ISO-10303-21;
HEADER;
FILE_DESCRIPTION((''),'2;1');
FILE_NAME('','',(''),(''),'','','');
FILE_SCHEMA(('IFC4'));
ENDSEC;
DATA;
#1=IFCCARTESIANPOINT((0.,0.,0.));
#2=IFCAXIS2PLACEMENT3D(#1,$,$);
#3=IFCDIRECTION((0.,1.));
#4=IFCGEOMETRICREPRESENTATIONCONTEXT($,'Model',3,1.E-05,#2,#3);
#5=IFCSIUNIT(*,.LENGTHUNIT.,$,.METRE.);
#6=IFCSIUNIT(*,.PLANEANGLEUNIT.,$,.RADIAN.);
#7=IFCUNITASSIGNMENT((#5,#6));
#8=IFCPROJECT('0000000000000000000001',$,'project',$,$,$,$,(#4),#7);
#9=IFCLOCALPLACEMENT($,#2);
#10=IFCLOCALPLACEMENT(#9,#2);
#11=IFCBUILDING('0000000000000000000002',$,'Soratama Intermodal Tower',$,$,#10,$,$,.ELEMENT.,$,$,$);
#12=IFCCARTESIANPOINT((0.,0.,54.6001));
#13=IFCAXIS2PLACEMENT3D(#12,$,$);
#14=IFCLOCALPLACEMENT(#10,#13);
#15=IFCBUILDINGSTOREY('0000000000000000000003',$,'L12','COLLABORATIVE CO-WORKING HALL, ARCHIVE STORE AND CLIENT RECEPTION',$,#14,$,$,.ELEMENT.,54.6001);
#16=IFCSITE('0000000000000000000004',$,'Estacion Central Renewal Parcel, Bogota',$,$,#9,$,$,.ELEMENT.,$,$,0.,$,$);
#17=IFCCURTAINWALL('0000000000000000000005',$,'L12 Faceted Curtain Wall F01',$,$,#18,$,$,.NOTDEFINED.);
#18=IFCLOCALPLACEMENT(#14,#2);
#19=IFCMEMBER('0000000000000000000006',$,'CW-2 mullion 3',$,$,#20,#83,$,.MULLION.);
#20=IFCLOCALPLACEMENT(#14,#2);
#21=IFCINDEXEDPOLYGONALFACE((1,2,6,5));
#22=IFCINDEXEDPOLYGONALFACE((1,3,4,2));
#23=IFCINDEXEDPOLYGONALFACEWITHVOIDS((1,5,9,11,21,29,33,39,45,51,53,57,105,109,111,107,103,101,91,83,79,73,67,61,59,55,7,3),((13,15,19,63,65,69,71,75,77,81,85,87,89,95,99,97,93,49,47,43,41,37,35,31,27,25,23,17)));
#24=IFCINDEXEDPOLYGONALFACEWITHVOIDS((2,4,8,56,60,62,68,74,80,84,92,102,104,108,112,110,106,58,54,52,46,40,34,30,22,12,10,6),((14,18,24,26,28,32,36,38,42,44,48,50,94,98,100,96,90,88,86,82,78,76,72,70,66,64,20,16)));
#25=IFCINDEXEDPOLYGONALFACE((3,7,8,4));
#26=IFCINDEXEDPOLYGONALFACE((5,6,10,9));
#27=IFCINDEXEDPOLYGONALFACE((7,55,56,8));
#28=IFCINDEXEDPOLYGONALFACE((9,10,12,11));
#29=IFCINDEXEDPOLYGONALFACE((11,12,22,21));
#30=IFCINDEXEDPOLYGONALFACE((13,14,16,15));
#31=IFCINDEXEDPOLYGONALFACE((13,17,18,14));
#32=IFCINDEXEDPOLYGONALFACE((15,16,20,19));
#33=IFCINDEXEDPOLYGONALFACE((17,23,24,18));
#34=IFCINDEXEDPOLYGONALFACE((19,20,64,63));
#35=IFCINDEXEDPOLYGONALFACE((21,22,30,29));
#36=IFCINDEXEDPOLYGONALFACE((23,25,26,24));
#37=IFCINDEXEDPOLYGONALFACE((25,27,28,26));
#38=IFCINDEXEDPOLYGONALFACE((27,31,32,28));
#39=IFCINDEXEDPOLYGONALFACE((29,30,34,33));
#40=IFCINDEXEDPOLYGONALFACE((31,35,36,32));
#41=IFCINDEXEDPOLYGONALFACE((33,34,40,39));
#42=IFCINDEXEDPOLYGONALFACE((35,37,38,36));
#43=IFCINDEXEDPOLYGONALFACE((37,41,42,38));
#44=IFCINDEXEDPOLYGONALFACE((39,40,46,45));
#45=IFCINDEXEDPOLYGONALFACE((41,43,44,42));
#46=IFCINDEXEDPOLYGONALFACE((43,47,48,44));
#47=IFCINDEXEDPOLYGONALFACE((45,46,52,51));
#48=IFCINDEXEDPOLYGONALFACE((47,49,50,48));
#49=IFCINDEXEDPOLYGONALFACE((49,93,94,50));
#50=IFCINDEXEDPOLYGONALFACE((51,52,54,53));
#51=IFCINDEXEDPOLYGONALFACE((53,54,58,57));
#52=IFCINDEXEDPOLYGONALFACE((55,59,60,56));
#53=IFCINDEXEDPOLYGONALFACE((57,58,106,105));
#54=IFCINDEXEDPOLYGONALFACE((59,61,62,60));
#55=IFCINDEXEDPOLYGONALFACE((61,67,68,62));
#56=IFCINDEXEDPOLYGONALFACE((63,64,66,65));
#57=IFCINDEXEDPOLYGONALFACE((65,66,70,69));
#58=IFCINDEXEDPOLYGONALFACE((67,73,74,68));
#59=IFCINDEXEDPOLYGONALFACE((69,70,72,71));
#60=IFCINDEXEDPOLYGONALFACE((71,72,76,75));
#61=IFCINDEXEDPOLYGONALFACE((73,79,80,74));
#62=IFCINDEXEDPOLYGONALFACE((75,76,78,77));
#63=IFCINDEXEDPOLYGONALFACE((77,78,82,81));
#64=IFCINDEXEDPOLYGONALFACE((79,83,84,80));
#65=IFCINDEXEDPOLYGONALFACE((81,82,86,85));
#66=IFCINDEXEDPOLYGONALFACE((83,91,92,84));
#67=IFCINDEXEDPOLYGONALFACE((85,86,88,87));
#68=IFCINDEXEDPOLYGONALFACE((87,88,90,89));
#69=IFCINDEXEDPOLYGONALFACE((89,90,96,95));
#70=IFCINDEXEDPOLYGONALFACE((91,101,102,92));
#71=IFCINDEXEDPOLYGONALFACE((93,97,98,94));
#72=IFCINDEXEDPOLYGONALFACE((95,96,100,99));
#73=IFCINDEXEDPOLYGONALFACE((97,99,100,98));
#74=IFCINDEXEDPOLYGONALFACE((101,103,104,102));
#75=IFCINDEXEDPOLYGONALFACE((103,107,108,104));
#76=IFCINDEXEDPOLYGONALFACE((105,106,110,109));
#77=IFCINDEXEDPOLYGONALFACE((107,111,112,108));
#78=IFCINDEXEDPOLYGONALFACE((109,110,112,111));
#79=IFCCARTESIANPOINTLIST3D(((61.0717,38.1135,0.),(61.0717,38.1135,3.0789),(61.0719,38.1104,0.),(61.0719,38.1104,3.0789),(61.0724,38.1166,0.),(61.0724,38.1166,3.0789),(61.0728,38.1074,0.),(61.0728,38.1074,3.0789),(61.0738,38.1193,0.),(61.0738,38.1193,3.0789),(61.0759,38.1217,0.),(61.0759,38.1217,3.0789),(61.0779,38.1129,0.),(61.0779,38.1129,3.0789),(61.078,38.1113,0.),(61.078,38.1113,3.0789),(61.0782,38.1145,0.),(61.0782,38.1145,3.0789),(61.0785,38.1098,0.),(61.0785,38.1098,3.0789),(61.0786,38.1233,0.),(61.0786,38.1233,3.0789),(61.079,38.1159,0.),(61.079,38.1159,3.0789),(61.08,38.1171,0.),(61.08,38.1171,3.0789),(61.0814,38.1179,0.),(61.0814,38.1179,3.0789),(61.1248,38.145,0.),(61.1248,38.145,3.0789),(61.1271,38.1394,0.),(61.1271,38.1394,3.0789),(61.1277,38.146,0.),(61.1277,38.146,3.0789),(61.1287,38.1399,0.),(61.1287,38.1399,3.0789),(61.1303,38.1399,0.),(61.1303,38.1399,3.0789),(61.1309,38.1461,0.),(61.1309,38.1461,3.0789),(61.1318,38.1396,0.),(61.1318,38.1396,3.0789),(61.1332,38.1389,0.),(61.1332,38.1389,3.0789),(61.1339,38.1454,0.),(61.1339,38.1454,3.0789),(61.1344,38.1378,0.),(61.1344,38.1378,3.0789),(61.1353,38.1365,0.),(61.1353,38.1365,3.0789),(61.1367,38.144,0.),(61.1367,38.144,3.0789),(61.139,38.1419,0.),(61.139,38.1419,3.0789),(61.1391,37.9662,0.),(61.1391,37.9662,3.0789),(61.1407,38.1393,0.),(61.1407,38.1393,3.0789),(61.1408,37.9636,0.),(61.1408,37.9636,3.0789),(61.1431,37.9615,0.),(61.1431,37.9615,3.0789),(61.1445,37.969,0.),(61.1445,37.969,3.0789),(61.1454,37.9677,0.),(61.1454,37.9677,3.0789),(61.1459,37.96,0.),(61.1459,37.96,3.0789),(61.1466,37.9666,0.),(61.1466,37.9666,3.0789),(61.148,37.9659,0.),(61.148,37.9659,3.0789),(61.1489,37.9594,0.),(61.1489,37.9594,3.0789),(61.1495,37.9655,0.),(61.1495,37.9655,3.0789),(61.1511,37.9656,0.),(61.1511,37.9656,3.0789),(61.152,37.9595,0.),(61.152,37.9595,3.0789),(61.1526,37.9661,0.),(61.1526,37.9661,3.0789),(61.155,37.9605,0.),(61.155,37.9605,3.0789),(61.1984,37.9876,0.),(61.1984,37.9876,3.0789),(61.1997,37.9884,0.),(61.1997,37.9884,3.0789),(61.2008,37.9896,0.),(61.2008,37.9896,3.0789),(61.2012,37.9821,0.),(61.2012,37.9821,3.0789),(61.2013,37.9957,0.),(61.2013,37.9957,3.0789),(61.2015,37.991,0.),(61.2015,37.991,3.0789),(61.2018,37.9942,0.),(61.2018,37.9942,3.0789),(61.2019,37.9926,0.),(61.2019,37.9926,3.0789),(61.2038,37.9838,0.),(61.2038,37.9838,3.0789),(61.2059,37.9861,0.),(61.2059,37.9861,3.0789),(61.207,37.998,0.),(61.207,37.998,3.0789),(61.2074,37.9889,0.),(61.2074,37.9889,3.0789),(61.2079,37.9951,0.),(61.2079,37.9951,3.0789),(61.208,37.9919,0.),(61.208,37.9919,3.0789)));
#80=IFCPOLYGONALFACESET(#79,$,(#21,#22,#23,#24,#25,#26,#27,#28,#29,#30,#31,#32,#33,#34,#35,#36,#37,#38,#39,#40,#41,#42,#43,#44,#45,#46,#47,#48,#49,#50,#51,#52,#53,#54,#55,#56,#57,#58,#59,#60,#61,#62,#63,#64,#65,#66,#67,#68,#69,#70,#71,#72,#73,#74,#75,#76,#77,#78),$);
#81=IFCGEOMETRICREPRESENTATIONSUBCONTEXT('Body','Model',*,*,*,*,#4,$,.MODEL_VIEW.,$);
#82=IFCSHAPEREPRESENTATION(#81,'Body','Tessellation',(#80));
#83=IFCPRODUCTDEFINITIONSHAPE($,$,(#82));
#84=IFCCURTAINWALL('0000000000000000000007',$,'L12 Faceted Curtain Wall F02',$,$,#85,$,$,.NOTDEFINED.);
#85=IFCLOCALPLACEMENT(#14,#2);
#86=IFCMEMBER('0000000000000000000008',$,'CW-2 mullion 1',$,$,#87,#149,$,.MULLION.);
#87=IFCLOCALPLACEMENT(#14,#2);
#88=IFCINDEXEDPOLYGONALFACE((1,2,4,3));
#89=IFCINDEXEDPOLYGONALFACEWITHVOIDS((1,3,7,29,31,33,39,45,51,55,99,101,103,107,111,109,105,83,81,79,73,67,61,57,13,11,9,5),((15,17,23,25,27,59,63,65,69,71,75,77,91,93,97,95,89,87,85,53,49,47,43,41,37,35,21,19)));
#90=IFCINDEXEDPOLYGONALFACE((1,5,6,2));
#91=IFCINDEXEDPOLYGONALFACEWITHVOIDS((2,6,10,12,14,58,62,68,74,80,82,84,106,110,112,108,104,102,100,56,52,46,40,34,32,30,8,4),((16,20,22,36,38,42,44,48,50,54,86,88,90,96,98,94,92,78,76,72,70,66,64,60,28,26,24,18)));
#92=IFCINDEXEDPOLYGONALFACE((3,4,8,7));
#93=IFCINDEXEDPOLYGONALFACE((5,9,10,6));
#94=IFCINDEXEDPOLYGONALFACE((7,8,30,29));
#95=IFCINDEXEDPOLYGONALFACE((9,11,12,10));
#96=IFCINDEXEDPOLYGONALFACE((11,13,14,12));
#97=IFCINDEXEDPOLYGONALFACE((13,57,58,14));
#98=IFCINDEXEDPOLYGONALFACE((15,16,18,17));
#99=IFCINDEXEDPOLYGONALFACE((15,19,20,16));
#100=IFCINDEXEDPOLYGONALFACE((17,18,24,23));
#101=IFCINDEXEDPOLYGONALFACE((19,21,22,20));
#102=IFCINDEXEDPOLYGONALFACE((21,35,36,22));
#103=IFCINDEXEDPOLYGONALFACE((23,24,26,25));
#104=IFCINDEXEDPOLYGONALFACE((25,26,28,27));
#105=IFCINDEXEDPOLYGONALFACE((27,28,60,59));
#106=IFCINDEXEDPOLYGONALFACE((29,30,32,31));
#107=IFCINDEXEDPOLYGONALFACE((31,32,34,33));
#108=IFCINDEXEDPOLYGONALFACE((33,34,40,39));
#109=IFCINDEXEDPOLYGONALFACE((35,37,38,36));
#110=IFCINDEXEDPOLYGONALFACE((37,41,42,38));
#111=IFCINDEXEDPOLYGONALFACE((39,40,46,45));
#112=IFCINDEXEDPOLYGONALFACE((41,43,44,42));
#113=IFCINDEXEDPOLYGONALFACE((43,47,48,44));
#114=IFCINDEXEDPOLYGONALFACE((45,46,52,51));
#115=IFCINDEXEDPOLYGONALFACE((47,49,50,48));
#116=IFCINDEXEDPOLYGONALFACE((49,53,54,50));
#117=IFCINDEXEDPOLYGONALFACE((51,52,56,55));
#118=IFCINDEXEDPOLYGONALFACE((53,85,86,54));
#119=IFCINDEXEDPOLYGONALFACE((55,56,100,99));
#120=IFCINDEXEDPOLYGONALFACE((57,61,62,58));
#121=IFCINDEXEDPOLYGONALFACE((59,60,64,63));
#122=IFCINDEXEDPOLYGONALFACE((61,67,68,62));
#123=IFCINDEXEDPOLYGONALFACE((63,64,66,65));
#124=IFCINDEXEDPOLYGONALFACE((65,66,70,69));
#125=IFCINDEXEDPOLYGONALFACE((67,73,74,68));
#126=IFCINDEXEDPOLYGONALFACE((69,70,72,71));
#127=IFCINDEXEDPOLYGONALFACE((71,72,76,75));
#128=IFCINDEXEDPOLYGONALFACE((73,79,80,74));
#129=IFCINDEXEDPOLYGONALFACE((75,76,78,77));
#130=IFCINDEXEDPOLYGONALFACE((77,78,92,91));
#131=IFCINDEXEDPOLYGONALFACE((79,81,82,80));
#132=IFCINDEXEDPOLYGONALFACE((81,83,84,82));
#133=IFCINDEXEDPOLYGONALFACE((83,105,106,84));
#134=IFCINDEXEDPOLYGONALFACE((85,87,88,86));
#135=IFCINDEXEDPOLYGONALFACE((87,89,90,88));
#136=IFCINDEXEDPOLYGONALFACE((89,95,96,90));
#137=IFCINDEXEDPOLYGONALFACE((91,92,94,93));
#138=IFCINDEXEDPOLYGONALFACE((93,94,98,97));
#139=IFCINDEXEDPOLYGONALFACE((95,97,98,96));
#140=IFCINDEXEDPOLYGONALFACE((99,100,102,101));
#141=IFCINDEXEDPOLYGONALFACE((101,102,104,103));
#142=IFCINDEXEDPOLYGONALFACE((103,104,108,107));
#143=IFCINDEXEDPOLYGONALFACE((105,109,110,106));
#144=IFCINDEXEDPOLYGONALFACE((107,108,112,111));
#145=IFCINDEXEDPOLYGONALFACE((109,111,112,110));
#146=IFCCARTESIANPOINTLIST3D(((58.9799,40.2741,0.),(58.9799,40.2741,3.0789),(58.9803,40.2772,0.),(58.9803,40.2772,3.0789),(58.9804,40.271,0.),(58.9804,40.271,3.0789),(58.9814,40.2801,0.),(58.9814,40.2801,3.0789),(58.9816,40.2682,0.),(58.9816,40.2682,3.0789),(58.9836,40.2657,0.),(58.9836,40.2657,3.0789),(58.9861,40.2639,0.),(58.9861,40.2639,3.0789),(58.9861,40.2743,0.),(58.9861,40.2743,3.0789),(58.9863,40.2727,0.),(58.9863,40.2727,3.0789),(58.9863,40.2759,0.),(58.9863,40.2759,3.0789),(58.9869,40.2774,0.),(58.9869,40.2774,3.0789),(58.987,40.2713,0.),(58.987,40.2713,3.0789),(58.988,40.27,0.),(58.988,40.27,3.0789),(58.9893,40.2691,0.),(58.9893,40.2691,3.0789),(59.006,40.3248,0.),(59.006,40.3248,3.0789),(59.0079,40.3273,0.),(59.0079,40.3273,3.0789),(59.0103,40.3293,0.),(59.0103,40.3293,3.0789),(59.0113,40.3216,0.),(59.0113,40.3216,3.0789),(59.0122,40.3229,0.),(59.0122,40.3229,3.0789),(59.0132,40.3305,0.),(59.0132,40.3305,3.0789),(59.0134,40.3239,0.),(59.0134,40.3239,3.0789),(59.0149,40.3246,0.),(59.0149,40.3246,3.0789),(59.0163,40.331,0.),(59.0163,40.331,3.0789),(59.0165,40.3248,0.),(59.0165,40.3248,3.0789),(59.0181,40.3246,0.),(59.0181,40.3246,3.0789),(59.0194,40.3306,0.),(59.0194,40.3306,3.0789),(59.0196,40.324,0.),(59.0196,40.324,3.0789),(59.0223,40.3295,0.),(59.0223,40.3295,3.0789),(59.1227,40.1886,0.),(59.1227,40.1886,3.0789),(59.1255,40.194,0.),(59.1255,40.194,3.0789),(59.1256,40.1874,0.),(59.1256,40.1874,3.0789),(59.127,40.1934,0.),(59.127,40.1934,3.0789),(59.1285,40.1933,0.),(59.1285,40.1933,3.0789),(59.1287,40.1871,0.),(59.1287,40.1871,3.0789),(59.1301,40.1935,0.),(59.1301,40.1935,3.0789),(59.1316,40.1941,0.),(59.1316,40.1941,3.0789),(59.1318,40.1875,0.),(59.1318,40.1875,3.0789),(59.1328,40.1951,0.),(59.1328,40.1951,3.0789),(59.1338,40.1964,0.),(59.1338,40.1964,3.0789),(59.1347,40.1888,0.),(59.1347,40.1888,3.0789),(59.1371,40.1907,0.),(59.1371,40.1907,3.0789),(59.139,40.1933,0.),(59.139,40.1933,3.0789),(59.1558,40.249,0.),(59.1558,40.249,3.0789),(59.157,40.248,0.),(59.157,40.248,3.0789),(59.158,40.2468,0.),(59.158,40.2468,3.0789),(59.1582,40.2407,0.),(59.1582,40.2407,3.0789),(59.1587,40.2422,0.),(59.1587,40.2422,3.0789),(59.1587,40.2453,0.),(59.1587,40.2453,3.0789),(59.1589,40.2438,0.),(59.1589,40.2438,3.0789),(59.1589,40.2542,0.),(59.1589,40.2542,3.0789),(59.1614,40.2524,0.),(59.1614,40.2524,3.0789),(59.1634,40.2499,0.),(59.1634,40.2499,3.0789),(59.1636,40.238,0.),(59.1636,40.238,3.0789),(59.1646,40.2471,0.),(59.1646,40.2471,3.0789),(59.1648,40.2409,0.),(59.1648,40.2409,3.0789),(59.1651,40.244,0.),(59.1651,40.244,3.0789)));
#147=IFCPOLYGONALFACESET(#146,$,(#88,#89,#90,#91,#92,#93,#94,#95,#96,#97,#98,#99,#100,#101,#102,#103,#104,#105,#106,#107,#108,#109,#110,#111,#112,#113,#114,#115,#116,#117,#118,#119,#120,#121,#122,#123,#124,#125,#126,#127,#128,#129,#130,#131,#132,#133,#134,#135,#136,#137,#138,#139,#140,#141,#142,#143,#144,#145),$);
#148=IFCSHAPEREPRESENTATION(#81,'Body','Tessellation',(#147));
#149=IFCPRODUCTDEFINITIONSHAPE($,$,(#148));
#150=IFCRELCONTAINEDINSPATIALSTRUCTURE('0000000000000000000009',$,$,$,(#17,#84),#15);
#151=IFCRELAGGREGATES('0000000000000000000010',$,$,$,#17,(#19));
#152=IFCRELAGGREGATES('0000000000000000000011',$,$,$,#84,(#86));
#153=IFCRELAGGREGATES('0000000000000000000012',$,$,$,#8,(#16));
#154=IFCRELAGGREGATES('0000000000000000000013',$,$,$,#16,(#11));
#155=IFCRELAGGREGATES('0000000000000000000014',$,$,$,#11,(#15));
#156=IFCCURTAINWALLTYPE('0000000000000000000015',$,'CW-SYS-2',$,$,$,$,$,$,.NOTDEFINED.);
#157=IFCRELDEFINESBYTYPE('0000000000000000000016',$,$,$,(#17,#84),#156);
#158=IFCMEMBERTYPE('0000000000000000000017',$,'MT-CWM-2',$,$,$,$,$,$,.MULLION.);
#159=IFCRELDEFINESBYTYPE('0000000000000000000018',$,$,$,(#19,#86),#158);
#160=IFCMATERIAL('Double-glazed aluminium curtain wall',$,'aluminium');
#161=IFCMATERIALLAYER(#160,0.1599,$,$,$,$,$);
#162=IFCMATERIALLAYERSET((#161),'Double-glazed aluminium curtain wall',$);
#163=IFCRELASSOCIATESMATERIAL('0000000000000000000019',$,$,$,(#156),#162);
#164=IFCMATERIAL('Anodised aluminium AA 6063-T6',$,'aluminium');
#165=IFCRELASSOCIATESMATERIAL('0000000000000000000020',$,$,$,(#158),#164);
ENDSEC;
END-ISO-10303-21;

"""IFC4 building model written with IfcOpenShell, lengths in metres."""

from ifc_helpers import new_model, si_unit, direction, frame, origin, origin_2d, place, context, subcontext, project, spatial, hollow_rectangle, extrude, material, layer, layer_set, material_profile, profile_set, type_object, element, aggregate, save


model = new_model("IFC4")

# Units and contexts
model_context = context("Model", 3, precision=1e-05, world=origin(), true_north=direction((0.0, 1.0)))
body_context = subcontext(model_context, "Body", "Model", "MODEL_VIEW")
ifc_project = project(units=[si_unit("LENGTHUNIT", "METRE"), si_unit("PLANEANGLEUNIT", "RADIAN")], contexts=[model_context])

# Site, building, storey
site_placement = place(None, origin())
site = spatial("IfcSite", under=ifc_project, at=site_placement, Name="Estacion Central Renewal Parcel, Bogota", CompositionType="ELEMENT", RefElevation=0.0)
building_placement = place(site_placement, origin())
building = spatial("IfcBuilding", under=site, at=building_placement, Name="Soratama Intermodal Tower", CompositionType="ELEMENT")
storey_placement = place(building_placement, frame((0.0, 0.0, 54.6001)))
storey = spatial("IfcBuildingStorey", under=building, at=storey_placement, Name="L12", Description="COLLABORATIVE CO-WORKING HALL, ARCHIVE STORE AND CLIENT RECEPTION", CompositionType="ELEMENT", Elevation=54.6001)

# Curtain wall, member
ifc_material_1 = material(Name="Double-glazed aluminium curtain wall", Category="aluminium")
ifc_layer_1 = layer(ifc_material_1, 0.1599)
ifc_layer_set_1 = layer_set([ifc_layer_1], Name="Double-glazed aluminium curtain wall")
curtain_wall_type = type_object("IfcCurtainWallType", Name="CW-SYS-2", PredefinedType="NOTDEFINED", material=ifc_layer_set_1)
curtain_wall_1_placement = place(storey_placement, origin())
curtain_wall_1 = element("IfcCurtainWall", 1, at=curtain_wall_1_placement, inside=storey, type_object=curtain_wall_type, Name="L12 Faceted Curtain Wall F01", PredefinedType="NOTDEFINED")
ifc_material_2 = material(Name="Anodised aluminium AA 6063-T6", Category="aluminium")
ifc_material_profile_1 = material_profile(ifc_material_2, hollow_rectangle(XDim=0.075, YDim=0.1799, WallThickness=0.0061, InnerFilletRadius=0.0061, OuterFilletRadius=0.012, at=origin_2d()), Name="CWM180X75X6")
ifc_profile_set_1 = profile_set([ifc_material_profile_1], Name="Anodised aluminium AA 6063-T6")
member_type_1 = type_object("IfcMemberType", Name="MT-CWM-2", PredefinedType="MULLION", material=ifc_profile_set_1)
member_1_placement = place(storey_placement, frame((61.1399, 38.0527, 0.0), z_axis=(0.0, 0.0, 1.0), x_axis=(-0.905274, -0.424829, 0.0)))
member_1 = element("IfcMember", 2, at=member_1_placement, type_object=member_type_1, Name="CW-2 mullion 3", PredefinedType="MULLION", context=body_context, shape_type="SweptSolid", body=[
    extrude(hollow_rectangle(XDim=0.075, YDim=0.1799, WallThickness=0.0061, InnerFilletRadius=0.0061, OuterFilletRadius=0.012, at=origin_2d()), origin(), (0.0, 0.0, 1.0), 3.0789),
])

# Curtain wall, member
curtain_wall_2_placement = place(storey_placement, origin())
curtain_wall_2 = element("IfcCurtainWall", 3, at=curtain_wall_2_placement, inside=storey, type_object=curtain_wall_type, Name="L12 Faceted Curtain Wall F02", PredefinedType="NOTDEFINED")
member_2_placement = place(storey_placement, frame((59.0725, 40.259, 0.0), z_axis=(0.0, 0.0, 1.0), x_axis=(-0.482678, -0.875798, 0.0)))
member_2 = element("IfcMember", 4, at=member_2_placement, type_object=member_type_1, Name="CW-2 mullion 1", PredefinedType="MULLION", context=body_context, shape_type="SweptSolid", body=[
    extrude(hollow_rectangle(XDim=0.075, YDim=0.1799, WallThickness=0.0061, InnerFilletRadius=0.0061, OuterFilletRadius=0.012, at=origin_2d()), origin(), (0.0, 0.0, 1.0), 3.0789),
])

aggregate(curtain_wall_1, [member_1])
aggregate(curtain_wall_2, [member_2])

save(model, "model.ifc")
